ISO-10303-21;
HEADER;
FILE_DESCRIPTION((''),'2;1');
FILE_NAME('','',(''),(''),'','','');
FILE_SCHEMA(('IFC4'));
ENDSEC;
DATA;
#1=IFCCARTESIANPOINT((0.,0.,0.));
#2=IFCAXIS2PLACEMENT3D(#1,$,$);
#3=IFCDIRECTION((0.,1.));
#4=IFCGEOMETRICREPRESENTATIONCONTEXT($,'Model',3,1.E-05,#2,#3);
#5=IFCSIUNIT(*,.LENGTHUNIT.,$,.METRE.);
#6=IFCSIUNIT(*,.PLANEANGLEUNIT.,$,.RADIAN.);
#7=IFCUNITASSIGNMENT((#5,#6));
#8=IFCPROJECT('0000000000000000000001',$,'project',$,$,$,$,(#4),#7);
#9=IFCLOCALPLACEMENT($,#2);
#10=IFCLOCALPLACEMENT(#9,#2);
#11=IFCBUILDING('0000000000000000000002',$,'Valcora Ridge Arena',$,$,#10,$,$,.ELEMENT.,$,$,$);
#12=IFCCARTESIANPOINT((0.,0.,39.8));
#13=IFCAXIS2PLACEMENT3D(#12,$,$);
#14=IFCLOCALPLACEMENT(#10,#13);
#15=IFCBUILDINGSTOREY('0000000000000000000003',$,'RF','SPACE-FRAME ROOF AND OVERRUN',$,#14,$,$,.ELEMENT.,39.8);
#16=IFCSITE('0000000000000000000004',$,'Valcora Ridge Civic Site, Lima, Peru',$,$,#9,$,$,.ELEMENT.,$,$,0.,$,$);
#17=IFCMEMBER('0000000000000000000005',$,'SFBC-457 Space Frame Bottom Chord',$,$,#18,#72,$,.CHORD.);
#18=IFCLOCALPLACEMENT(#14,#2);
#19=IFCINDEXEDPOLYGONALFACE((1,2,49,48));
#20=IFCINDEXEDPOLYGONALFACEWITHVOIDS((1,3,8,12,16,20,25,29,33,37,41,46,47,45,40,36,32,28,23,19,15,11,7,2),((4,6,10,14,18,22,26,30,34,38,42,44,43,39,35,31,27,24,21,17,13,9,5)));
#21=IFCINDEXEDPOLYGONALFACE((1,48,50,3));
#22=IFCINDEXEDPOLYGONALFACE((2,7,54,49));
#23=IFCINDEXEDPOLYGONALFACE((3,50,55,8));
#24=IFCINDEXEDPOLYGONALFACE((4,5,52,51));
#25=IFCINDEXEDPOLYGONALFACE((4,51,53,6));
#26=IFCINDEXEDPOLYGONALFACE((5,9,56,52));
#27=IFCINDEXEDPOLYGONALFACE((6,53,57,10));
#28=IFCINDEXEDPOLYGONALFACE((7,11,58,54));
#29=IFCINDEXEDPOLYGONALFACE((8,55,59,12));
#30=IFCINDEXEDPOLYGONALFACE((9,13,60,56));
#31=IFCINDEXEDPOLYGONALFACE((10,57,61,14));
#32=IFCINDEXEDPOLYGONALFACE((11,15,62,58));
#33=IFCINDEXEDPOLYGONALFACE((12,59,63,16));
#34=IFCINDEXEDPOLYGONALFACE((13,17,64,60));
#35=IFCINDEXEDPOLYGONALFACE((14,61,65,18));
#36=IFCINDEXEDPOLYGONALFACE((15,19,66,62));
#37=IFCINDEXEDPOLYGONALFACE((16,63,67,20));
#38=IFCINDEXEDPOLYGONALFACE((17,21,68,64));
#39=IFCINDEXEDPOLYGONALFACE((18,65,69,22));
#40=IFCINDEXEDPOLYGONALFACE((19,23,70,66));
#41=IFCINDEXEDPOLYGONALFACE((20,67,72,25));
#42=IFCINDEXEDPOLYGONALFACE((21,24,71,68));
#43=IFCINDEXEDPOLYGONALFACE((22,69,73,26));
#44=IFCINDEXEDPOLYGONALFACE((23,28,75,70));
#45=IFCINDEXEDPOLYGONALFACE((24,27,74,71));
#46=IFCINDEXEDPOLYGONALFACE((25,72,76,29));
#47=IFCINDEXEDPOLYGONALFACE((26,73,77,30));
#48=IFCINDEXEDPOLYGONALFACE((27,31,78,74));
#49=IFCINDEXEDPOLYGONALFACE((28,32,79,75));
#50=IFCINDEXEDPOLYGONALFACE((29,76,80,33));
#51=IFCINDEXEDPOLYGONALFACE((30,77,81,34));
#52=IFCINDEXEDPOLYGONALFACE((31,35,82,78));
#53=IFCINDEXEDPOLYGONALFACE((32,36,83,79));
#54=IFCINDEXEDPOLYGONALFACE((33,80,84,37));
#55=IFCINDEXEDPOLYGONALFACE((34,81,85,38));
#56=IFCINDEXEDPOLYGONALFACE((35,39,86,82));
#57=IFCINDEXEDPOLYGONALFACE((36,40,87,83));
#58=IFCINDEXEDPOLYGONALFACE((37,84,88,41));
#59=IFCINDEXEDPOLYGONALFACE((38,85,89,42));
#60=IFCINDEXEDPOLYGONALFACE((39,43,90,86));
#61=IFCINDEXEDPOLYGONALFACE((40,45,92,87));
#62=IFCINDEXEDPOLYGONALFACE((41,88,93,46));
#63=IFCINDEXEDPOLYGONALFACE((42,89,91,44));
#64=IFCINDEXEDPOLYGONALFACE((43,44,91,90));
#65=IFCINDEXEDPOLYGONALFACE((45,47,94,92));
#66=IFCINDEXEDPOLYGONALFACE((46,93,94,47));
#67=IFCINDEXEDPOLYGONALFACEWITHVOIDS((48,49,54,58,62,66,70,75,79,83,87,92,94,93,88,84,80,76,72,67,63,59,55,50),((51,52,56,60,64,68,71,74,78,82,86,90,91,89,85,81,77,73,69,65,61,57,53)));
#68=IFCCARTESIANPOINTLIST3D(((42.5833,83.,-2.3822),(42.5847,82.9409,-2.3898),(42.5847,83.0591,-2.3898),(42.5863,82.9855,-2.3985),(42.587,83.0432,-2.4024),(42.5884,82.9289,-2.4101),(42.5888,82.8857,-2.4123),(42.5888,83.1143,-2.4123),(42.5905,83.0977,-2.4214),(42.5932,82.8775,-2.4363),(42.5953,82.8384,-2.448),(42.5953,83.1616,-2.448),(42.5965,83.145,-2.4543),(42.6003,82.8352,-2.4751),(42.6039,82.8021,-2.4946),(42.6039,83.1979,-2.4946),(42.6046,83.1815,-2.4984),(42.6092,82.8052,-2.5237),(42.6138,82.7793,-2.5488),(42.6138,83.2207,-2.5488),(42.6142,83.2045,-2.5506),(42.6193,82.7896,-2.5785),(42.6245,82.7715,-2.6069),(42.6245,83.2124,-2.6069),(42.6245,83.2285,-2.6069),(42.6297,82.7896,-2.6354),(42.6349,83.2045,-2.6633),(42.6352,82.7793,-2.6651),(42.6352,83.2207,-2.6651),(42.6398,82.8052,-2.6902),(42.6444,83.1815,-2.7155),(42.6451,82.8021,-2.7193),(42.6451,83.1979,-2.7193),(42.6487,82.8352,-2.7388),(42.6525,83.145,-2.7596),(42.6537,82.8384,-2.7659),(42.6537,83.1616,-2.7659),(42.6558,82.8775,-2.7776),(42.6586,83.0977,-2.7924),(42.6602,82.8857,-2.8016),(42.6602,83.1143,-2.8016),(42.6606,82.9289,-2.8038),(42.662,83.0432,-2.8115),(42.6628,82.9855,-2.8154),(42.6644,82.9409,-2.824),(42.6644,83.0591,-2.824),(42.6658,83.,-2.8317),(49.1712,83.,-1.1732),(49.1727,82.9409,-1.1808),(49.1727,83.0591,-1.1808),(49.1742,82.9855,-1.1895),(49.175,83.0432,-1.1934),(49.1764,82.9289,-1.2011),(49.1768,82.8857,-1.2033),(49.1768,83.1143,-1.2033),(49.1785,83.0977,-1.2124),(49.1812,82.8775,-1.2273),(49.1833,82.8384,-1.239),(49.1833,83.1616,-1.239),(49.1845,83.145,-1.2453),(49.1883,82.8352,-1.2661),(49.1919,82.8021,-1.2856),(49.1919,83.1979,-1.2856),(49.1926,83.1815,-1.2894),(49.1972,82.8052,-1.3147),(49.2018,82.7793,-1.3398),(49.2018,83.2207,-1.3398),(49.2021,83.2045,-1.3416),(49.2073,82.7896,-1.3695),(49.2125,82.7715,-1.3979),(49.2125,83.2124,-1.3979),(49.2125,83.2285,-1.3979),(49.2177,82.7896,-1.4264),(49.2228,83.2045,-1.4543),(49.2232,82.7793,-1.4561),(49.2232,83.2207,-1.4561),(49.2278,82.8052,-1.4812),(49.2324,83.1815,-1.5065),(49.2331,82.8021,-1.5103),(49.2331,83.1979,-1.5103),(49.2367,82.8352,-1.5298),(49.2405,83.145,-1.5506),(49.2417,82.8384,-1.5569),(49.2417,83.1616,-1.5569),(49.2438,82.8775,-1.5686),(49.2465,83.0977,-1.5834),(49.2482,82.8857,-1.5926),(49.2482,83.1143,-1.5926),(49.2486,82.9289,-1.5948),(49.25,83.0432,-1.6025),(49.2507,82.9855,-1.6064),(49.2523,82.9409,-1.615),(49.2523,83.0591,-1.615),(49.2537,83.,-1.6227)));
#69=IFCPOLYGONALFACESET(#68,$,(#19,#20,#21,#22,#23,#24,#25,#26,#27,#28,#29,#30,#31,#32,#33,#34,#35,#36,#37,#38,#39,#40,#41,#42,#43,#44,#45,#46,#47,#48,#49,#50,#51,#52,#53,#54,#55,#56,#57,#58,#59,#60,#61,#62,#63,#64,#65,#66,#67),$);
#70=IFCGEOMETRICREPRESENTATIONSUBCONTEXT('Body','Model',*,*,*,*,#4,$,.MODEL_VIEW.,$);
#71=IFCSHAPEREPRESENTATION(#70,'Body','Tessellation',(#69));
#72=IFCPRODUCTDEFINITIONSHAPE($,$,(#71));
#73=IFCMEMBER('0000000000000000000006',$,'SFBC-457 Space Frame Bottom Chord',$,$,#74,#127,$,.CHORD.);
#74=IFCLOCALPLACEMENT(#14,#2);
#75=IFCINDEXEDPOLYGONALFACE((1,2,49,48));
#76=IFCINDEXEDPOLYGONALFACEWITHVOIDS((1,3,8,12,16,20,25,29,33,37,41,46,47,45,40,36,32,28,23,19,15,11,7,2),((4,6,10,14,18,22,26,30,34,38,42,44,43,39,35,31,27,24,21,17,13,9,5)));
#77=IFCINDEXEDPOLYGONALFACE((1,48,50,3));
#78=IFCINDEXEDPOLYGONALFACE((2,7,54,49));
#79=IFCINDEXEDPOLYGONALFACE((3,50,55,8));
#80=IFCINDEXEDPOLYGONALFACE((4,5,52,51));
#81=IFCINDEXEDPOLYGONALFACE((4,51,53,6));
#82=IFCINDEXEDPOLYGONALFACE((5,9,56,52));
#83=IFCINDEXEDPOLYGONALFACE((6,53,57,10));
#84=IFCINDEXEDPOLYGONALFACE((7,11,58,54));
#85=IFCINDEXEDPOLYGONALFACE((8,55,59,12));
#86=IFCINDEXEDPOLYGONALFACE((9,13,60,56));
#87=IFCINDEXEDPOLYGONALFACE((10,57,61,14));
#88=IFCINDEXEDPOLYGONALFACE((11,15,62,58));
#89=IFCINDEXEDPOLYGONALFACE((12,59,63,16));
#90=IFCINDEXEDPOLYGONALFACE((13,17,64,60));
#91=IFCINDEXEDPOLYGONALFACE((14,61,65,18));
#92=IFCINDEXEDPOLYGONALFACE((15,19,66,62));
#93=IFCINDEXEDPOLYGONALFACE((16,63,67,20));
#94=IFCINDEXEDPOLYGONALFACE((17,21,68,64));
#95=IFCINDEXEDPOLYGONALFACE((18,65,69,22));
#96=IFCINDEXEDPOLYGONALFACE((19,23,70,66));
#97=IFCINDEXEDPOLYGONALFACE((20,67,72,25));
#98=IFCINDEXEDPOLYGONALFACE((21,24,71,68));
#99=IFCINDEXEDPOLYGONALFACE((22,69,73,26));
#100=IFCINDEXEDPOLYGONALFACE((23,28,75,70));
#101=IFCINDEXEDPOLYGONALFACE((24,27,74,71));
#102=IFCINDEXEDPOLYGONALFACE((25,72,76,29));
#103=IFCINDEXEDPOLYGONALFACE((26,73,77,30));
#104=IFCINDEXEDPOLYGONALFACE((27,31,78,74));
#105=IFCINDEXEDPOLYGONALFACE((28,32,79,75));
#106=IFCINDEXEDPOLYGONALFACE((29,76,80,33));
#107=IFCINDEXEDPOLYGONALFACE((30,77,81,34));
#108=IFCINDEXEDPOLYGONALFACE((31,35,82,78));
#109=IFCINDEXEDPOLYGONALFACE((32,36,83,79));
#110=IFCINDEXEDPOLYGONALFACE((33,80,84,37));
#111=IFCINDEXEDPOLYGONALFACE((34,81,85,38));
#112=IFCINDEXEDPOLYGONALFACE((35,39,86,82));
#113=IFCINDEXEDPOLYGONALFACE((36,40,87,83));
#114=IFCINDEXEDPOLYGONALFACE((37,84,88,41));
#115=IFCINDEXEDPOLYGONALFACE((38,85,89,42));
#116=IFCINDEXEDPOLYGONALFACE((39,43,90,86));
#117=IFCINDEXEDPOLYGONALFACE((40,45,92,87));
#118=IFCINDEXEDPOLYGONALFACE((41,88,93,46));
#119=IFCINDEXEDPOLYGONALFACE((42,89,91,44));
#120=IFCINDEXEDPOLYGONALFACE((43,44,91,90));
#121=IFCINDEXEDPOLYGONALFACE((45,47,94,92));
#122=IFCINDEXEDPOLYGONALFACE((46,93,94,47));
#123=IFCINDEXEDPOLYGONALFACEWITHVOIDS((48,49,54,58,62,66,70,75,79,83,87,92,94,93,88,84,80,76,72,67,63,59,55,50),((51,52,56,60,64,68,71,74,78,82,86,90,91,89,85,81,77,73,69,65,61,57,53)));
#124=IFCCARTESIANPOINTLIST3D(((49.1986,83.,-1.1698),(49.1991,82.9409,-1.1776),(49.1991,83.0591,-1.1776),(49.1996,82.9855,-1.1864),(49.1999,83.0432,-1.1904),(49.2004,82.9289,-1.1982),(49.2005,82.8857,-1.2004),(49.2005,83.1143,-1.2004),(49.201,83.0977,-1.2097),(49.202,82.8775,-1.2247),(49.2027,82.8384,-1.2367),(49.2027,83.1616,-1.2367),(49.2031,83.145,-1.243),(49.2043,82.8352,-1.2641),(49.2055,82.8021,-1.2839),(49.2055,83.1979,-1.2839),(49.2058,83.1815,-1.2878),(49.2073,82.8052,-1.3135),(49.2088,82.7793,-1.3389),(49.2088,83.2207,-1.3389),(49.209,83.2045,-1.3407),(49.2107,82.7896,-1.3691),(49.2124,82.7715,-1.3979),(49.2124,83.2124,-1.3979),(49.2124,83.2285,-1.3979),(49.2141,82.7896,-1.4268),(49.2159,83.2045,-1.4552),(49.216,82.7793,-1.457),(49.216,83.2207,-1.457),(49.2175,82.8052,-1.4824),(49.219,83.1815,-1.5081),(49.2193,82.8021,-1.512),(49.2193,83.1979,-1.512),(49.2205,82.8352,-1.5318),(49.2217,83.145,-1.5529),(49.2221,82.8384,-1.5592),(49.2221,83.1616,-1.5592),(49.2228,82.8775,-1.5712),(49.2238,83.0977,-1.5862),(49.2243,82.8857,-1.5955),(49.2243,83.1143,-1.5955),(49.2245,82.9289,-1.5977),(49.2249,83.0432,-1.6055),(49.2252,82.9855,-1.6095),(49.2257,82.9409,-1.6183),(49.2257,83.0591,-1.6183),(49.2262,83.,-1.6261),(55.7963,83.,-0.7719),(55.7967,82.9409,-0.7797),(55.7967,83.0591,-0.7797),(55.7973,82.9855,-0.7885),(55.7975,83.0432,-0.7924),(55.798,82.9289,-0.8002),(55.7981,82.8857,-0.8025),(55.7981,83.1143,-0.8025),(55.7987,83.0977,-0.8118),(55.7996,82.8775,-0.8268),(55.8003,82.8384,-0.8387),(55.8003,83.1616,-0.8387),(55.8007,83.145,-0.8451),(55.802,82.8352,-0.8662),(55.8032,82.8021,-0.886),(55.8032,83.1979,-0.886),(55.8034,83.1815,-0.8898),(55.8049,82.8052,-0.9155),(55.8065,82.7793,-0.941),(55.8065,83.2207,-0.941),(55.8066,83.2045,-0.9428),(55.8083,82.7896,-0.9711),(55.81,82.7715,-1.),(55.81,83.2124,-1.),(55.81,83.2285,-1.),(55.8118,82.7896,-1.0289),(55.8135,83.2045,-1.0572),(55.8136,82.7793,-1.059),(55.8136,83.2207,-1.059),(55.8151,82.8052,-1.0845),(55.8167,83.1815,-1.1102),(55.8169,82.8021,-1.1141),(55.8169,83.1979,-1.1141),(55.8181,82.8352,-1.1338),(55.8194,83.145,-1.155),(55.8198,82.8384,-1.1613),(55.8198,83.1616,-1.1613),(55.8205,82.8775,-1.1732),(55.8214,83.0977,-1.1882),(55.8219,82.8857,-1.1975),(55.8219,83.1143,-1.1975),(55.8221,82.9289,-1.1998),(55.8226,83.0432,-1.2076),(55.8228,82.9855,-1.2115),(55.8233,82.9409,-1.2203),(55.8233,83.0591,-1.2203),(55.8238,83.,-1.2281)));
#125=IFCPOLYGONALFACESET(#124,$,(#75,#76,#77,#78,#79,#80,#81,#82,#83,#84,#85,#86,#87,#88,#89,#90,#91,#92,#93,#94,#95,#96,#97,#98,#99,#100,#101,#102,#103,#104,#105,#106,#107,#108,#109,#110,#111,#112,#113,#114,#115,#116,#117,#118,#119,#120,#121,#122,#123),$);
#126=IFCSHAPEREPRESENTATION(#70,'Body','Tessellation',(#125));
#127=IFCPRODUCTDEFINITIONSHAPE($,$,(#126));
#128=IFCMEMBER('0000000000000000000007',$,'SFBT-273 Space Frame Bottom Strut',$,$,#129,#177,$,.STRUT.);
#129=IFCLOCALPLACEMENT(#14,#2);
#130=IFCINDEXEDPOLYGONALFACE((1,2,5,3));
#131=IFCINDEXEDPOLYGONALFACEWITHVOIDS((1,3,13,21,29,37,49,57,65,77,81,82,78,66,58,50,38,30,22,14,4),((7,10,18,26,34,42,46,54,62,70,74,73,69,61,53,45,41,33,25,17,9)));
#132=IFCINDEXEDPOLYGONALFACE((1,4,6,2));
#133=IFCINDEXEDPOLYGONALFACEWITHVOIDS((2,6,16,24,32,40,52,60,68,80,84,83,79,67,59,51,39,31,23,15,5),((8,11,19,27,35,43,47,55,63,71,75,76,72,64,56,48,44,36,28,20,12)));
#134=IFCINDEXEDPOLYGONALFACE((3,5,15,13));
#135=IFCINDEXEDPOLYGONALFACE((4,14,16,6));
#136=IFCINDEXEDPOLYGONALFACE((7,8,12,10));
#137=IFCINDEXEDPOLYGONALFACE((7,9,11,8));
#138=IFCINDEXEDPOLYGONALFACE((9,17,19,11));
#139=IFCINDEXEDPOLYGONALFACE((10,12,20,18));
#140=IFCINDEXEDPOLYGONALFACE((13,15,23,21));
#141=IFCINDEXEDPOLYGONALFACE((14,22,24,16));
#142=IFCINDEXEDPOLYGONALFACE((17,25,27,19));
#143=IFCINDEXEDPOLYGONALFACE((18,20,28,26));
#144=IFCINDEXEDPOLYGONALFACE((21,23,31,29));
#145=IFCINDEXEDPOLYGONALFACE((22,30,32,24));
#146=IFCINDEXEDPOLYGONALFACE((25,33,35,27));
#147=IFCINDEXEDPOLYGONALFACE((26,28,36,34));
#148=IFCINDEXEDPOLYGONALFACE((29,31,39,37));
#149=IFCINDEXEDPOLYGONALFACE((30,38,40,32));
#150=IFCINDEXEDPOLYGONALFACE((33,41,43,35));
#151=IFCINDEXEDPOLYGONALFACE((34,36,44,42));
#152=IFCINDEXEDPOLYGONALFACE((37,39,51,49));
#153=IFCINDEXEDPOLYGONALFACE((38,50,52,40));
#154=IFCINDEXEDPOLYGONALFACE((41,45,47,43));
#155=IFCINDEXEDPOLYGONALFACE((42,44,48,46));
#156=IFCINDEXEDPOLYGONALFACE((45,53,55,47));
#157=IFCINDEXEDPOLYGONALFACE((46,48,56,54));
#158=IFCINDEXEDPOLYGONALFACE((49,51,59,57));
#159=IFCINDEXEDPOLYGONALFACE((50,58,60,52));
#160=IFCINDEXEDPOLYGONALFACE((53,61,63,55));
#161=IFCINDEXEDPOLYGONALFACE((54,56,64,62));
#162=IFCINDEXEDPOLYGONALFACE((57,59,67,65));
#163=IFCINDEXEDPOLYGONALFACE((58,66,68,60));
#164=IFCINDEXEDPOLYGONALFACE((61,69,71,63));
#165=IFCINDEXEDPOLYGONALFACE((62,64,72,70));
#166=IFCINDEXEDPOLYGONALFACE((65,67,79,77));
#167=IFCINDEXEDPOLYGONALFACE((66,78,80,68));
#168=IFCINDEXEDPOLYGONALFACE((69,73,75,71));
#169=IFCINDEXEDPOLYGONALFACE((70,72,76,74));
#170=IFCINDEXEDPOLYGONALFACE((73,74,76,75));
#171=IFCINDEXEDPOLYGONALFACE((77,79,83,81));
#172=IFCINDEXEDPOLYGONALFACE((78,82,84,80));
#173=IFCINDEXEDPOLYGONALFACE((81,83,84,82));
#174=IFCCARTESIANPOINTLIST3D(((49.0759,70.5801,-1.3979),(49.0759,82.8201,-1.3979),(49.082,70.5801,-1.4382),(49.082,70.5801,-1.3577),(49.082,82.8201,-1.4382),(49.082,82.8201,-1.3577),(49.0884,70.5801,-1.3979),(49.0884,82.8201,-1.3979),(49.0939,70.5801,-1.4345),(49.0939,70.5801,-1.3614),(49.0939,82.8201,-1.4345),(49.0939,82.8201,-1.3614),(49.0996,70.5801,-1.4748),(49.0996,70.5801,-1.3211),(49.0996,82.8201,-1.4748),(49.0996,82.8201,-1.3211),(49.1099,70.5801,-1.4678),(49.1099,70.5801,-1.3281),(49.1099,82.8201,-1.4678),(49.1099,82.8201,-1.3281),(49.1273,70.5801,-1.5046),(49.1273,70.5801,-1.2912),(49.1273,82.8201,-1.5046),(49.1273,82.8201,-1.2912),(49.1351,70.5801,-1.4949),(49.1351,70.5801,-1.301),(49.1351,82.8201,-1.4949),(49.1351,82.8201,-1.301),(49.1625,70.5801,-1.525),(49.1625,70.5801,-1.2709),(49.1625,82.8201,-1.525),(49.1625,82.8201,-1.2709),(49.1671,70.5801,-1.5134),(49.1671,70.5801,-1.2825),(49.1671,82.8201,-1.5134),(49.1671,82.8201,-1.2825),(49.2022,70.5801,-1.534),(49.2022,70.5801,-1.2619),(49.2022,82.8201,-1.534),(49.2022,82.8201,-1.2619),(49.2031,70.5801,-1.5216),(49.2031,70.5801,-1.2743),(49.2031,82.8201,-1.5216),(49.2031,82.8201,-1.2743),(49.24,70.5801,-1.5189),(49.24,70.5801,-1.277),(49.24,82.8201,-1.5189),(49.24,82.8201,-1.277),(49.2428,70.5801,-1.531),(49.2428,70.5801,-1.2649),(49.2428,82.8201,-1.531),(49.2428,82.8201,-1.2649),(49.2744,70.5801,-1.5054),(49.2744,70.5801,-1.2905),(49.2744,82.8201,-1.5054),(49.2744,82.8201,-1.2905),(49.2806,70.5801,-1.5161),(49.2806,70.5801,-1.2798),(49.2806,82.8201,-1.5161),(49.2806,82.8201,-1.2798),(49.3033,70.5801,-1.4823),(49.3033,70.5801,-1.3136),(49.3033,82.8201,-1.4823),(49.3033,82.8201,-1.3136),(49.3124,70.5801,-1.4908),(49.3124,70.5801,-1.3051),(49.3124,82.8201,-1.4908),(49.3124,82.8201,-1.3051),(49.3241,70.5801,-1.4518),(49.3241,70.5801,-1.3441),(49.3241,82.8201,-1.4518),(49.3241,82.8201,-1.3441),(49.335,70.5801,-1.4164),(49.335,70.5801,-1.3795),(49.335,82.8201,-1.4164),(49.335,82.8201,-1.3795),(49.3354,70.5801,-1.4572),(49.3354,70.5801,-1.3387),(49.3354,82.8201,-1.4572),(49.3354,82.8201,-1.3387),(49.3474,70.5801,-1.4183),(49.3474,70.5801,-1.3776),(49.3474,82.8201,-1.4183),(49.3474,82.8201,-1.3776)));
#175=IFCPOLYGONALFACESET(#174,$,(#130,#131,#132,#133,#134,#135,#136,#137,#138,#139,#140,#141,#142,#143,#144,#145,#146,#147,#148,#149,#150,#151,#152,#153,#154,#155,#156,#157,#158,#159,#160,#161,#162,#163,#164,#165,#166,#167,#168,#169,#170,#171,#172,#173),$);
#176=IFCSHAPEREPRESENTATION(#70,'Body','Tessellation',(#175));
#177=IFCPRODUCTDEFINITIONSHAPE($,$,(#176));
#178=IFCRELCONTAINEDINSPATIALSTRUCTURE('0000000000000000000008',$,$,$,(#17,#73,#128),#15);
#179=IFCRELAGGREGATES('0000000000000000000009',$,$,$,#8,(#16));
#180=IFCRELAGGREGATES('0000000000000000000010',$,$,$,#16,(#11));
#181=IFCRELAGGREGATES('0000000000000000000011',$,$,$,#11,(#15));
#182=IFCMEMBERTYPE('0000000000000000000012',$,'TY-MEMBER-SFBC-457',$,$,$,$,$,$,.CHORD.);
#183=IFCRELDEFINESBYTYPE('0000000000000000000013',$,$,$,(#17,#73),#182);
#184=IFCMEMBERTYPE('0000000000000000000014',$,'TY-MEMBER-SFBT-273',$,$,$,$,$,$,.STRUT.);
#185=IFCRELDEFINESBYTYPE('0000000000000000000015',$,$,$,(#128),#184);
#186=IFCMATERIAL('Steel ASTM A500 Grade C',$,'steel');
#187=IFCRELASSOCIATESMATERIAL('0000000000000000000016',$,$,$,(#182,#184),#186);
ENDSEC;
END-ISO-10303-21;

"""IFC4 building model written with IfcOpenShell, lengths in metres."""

from ifc_helpers import new_model, si_unit, direction, frame, origin, origin_2d, place, context, subcontext, project, spatial, hollow_circle, extrude, material, material_profile, profile_set, type_object, element, save


model = new_model("IFC4")

# Units and contexts
model_context = context("Model", 3, precision=1e-05, world=origin(), true_north=direction((0.0, 1.0)))
body_context = subcontext(model_context, "Body", "Model", "MODEL_VIEW")
ifc_project = project(units=[si_unit("LENGTHUNIT", "METRE"), si_unit("PLANEANGLEUNIT", "RADIAN")], contexts=[model_context])

# Site, building, storey
site_placement = place(None, origin())
site = spatial("IfcSite", under=ifc_project, at=site_placement, Name="Valcora Ridge Civic Site, Lima, Peru", CompositionType="ELEMENT", RefElevation=0.0)
building_placement = place(site_placement, origin())
building = spatial("IfcBuilding", under=site, at=building_placement, Name="Valcora Ridge Arena", CompositionType="ELEMENT")
storey_placement = place(building_placement, frame((0.0, 0.0, 39.8)))
storey = spatial("IfcBuildingStorey", under=building, at=storey_placement, Name="RF", Description="SPACE-FRAME ROOF AND OVERRUN", CompositionType="ELEMENT", Elevation=39.8)

# Members
ifc_material_1 = material(Name="Steel ASTM A500 Grade C", Category="steel")
ifc_material_profile_1 = material_profile(ifc_material_1, hollow_circle(Radius=0.2285, WallThickness=0.0161, at=origin_2d()), Name="CHS457X16")
ifc_profile_set_1 = profile_set([ifc_material_profile_1], Name="Steel ASTM A500 Grade C")
member_type_1 = type_object("IfcMemberType", Name="TY-MEMBER-SFBC-457", PredefinedType="CHORD", material=ifc_profile_set_1)
member_1_placement = place(storey_placement, frame((42.6245, 83.0, -2.6069), z_axis=(0.983575, 0.0, 0.180502), x_axis=(0.0, 1.0, 0.0)))
element("IfcMember", 1, at=member_1_placement, inside=storey, type_object=member_type_1, Name="SFBC-457 Space Frame Bottom Chord", PredefinedType="CHORD", context=body_context, shape_type="SweptSolid", body=[
    extrude(hollow_circle(Radius=0.2285, WallThickness=0.0161, at=origin_2d()), origin(), (0.0, 0.0, 1.0), 6.698),
])
member_2_placement = place(storey_placement, frame((49.2124, 83.0, -1.3979), z_axis=(0.998186, 0.0, 0.060207), x_axis=(0.0, 1.0, 0.0)))
element("IfcMember", 2, at=member_2_placement, inside=storey, type_object=member_type_1, Name="SFBC-457 Space Frame Bottom Chord", PredefinedType="CHORD", context=body_context, shape_type="SweptSolid", body=[
    extrude(hollow_circle(Radius=0.2285, WallThickness=0.0161, at=origin_2d()), origin(), (0.0, 0.0, 1.0), 6.6096),
])
ifc_material_profile_2 = material_profile(ifc_material_1, hollow_circle(Radius=0.1365, WallThickness=0.0125, at=origin_2d()), Name="CHS273X12")
ifc_profile_set_2 = profile_set([ifc_material_profile_2], Name="Steel ASTM A500 Grade C")
member_type_2 = type_object("IfcMemberType", Name="TY-MEMBER-SFBT-273", PredefinedType="STRUT", material=ifc_profile_set_2)
member_3_placement = place(storey_placement, frame((49.2124, 70.5801, -1.3979), z_axis=(0.0, 1.0, 0.0), x_axis=(-1.0, 0.0, 0.0)))
element("IfcMember", 3, at=member_3_placement, inside=storey, type_object=member_type_2, Name="SFBT-273 Space Frame Bottom Strut", PredefinedType="STRUT", context=body_context, shape_type="SweptSolid", body=[
    extrude(hollow_circle(Radius=0.1365, WallThickness=0.0125, at=origin_2d()), origin(), (0.0, 0.0, 1.0), 12.24),
])

save(model, "model.ifc")
